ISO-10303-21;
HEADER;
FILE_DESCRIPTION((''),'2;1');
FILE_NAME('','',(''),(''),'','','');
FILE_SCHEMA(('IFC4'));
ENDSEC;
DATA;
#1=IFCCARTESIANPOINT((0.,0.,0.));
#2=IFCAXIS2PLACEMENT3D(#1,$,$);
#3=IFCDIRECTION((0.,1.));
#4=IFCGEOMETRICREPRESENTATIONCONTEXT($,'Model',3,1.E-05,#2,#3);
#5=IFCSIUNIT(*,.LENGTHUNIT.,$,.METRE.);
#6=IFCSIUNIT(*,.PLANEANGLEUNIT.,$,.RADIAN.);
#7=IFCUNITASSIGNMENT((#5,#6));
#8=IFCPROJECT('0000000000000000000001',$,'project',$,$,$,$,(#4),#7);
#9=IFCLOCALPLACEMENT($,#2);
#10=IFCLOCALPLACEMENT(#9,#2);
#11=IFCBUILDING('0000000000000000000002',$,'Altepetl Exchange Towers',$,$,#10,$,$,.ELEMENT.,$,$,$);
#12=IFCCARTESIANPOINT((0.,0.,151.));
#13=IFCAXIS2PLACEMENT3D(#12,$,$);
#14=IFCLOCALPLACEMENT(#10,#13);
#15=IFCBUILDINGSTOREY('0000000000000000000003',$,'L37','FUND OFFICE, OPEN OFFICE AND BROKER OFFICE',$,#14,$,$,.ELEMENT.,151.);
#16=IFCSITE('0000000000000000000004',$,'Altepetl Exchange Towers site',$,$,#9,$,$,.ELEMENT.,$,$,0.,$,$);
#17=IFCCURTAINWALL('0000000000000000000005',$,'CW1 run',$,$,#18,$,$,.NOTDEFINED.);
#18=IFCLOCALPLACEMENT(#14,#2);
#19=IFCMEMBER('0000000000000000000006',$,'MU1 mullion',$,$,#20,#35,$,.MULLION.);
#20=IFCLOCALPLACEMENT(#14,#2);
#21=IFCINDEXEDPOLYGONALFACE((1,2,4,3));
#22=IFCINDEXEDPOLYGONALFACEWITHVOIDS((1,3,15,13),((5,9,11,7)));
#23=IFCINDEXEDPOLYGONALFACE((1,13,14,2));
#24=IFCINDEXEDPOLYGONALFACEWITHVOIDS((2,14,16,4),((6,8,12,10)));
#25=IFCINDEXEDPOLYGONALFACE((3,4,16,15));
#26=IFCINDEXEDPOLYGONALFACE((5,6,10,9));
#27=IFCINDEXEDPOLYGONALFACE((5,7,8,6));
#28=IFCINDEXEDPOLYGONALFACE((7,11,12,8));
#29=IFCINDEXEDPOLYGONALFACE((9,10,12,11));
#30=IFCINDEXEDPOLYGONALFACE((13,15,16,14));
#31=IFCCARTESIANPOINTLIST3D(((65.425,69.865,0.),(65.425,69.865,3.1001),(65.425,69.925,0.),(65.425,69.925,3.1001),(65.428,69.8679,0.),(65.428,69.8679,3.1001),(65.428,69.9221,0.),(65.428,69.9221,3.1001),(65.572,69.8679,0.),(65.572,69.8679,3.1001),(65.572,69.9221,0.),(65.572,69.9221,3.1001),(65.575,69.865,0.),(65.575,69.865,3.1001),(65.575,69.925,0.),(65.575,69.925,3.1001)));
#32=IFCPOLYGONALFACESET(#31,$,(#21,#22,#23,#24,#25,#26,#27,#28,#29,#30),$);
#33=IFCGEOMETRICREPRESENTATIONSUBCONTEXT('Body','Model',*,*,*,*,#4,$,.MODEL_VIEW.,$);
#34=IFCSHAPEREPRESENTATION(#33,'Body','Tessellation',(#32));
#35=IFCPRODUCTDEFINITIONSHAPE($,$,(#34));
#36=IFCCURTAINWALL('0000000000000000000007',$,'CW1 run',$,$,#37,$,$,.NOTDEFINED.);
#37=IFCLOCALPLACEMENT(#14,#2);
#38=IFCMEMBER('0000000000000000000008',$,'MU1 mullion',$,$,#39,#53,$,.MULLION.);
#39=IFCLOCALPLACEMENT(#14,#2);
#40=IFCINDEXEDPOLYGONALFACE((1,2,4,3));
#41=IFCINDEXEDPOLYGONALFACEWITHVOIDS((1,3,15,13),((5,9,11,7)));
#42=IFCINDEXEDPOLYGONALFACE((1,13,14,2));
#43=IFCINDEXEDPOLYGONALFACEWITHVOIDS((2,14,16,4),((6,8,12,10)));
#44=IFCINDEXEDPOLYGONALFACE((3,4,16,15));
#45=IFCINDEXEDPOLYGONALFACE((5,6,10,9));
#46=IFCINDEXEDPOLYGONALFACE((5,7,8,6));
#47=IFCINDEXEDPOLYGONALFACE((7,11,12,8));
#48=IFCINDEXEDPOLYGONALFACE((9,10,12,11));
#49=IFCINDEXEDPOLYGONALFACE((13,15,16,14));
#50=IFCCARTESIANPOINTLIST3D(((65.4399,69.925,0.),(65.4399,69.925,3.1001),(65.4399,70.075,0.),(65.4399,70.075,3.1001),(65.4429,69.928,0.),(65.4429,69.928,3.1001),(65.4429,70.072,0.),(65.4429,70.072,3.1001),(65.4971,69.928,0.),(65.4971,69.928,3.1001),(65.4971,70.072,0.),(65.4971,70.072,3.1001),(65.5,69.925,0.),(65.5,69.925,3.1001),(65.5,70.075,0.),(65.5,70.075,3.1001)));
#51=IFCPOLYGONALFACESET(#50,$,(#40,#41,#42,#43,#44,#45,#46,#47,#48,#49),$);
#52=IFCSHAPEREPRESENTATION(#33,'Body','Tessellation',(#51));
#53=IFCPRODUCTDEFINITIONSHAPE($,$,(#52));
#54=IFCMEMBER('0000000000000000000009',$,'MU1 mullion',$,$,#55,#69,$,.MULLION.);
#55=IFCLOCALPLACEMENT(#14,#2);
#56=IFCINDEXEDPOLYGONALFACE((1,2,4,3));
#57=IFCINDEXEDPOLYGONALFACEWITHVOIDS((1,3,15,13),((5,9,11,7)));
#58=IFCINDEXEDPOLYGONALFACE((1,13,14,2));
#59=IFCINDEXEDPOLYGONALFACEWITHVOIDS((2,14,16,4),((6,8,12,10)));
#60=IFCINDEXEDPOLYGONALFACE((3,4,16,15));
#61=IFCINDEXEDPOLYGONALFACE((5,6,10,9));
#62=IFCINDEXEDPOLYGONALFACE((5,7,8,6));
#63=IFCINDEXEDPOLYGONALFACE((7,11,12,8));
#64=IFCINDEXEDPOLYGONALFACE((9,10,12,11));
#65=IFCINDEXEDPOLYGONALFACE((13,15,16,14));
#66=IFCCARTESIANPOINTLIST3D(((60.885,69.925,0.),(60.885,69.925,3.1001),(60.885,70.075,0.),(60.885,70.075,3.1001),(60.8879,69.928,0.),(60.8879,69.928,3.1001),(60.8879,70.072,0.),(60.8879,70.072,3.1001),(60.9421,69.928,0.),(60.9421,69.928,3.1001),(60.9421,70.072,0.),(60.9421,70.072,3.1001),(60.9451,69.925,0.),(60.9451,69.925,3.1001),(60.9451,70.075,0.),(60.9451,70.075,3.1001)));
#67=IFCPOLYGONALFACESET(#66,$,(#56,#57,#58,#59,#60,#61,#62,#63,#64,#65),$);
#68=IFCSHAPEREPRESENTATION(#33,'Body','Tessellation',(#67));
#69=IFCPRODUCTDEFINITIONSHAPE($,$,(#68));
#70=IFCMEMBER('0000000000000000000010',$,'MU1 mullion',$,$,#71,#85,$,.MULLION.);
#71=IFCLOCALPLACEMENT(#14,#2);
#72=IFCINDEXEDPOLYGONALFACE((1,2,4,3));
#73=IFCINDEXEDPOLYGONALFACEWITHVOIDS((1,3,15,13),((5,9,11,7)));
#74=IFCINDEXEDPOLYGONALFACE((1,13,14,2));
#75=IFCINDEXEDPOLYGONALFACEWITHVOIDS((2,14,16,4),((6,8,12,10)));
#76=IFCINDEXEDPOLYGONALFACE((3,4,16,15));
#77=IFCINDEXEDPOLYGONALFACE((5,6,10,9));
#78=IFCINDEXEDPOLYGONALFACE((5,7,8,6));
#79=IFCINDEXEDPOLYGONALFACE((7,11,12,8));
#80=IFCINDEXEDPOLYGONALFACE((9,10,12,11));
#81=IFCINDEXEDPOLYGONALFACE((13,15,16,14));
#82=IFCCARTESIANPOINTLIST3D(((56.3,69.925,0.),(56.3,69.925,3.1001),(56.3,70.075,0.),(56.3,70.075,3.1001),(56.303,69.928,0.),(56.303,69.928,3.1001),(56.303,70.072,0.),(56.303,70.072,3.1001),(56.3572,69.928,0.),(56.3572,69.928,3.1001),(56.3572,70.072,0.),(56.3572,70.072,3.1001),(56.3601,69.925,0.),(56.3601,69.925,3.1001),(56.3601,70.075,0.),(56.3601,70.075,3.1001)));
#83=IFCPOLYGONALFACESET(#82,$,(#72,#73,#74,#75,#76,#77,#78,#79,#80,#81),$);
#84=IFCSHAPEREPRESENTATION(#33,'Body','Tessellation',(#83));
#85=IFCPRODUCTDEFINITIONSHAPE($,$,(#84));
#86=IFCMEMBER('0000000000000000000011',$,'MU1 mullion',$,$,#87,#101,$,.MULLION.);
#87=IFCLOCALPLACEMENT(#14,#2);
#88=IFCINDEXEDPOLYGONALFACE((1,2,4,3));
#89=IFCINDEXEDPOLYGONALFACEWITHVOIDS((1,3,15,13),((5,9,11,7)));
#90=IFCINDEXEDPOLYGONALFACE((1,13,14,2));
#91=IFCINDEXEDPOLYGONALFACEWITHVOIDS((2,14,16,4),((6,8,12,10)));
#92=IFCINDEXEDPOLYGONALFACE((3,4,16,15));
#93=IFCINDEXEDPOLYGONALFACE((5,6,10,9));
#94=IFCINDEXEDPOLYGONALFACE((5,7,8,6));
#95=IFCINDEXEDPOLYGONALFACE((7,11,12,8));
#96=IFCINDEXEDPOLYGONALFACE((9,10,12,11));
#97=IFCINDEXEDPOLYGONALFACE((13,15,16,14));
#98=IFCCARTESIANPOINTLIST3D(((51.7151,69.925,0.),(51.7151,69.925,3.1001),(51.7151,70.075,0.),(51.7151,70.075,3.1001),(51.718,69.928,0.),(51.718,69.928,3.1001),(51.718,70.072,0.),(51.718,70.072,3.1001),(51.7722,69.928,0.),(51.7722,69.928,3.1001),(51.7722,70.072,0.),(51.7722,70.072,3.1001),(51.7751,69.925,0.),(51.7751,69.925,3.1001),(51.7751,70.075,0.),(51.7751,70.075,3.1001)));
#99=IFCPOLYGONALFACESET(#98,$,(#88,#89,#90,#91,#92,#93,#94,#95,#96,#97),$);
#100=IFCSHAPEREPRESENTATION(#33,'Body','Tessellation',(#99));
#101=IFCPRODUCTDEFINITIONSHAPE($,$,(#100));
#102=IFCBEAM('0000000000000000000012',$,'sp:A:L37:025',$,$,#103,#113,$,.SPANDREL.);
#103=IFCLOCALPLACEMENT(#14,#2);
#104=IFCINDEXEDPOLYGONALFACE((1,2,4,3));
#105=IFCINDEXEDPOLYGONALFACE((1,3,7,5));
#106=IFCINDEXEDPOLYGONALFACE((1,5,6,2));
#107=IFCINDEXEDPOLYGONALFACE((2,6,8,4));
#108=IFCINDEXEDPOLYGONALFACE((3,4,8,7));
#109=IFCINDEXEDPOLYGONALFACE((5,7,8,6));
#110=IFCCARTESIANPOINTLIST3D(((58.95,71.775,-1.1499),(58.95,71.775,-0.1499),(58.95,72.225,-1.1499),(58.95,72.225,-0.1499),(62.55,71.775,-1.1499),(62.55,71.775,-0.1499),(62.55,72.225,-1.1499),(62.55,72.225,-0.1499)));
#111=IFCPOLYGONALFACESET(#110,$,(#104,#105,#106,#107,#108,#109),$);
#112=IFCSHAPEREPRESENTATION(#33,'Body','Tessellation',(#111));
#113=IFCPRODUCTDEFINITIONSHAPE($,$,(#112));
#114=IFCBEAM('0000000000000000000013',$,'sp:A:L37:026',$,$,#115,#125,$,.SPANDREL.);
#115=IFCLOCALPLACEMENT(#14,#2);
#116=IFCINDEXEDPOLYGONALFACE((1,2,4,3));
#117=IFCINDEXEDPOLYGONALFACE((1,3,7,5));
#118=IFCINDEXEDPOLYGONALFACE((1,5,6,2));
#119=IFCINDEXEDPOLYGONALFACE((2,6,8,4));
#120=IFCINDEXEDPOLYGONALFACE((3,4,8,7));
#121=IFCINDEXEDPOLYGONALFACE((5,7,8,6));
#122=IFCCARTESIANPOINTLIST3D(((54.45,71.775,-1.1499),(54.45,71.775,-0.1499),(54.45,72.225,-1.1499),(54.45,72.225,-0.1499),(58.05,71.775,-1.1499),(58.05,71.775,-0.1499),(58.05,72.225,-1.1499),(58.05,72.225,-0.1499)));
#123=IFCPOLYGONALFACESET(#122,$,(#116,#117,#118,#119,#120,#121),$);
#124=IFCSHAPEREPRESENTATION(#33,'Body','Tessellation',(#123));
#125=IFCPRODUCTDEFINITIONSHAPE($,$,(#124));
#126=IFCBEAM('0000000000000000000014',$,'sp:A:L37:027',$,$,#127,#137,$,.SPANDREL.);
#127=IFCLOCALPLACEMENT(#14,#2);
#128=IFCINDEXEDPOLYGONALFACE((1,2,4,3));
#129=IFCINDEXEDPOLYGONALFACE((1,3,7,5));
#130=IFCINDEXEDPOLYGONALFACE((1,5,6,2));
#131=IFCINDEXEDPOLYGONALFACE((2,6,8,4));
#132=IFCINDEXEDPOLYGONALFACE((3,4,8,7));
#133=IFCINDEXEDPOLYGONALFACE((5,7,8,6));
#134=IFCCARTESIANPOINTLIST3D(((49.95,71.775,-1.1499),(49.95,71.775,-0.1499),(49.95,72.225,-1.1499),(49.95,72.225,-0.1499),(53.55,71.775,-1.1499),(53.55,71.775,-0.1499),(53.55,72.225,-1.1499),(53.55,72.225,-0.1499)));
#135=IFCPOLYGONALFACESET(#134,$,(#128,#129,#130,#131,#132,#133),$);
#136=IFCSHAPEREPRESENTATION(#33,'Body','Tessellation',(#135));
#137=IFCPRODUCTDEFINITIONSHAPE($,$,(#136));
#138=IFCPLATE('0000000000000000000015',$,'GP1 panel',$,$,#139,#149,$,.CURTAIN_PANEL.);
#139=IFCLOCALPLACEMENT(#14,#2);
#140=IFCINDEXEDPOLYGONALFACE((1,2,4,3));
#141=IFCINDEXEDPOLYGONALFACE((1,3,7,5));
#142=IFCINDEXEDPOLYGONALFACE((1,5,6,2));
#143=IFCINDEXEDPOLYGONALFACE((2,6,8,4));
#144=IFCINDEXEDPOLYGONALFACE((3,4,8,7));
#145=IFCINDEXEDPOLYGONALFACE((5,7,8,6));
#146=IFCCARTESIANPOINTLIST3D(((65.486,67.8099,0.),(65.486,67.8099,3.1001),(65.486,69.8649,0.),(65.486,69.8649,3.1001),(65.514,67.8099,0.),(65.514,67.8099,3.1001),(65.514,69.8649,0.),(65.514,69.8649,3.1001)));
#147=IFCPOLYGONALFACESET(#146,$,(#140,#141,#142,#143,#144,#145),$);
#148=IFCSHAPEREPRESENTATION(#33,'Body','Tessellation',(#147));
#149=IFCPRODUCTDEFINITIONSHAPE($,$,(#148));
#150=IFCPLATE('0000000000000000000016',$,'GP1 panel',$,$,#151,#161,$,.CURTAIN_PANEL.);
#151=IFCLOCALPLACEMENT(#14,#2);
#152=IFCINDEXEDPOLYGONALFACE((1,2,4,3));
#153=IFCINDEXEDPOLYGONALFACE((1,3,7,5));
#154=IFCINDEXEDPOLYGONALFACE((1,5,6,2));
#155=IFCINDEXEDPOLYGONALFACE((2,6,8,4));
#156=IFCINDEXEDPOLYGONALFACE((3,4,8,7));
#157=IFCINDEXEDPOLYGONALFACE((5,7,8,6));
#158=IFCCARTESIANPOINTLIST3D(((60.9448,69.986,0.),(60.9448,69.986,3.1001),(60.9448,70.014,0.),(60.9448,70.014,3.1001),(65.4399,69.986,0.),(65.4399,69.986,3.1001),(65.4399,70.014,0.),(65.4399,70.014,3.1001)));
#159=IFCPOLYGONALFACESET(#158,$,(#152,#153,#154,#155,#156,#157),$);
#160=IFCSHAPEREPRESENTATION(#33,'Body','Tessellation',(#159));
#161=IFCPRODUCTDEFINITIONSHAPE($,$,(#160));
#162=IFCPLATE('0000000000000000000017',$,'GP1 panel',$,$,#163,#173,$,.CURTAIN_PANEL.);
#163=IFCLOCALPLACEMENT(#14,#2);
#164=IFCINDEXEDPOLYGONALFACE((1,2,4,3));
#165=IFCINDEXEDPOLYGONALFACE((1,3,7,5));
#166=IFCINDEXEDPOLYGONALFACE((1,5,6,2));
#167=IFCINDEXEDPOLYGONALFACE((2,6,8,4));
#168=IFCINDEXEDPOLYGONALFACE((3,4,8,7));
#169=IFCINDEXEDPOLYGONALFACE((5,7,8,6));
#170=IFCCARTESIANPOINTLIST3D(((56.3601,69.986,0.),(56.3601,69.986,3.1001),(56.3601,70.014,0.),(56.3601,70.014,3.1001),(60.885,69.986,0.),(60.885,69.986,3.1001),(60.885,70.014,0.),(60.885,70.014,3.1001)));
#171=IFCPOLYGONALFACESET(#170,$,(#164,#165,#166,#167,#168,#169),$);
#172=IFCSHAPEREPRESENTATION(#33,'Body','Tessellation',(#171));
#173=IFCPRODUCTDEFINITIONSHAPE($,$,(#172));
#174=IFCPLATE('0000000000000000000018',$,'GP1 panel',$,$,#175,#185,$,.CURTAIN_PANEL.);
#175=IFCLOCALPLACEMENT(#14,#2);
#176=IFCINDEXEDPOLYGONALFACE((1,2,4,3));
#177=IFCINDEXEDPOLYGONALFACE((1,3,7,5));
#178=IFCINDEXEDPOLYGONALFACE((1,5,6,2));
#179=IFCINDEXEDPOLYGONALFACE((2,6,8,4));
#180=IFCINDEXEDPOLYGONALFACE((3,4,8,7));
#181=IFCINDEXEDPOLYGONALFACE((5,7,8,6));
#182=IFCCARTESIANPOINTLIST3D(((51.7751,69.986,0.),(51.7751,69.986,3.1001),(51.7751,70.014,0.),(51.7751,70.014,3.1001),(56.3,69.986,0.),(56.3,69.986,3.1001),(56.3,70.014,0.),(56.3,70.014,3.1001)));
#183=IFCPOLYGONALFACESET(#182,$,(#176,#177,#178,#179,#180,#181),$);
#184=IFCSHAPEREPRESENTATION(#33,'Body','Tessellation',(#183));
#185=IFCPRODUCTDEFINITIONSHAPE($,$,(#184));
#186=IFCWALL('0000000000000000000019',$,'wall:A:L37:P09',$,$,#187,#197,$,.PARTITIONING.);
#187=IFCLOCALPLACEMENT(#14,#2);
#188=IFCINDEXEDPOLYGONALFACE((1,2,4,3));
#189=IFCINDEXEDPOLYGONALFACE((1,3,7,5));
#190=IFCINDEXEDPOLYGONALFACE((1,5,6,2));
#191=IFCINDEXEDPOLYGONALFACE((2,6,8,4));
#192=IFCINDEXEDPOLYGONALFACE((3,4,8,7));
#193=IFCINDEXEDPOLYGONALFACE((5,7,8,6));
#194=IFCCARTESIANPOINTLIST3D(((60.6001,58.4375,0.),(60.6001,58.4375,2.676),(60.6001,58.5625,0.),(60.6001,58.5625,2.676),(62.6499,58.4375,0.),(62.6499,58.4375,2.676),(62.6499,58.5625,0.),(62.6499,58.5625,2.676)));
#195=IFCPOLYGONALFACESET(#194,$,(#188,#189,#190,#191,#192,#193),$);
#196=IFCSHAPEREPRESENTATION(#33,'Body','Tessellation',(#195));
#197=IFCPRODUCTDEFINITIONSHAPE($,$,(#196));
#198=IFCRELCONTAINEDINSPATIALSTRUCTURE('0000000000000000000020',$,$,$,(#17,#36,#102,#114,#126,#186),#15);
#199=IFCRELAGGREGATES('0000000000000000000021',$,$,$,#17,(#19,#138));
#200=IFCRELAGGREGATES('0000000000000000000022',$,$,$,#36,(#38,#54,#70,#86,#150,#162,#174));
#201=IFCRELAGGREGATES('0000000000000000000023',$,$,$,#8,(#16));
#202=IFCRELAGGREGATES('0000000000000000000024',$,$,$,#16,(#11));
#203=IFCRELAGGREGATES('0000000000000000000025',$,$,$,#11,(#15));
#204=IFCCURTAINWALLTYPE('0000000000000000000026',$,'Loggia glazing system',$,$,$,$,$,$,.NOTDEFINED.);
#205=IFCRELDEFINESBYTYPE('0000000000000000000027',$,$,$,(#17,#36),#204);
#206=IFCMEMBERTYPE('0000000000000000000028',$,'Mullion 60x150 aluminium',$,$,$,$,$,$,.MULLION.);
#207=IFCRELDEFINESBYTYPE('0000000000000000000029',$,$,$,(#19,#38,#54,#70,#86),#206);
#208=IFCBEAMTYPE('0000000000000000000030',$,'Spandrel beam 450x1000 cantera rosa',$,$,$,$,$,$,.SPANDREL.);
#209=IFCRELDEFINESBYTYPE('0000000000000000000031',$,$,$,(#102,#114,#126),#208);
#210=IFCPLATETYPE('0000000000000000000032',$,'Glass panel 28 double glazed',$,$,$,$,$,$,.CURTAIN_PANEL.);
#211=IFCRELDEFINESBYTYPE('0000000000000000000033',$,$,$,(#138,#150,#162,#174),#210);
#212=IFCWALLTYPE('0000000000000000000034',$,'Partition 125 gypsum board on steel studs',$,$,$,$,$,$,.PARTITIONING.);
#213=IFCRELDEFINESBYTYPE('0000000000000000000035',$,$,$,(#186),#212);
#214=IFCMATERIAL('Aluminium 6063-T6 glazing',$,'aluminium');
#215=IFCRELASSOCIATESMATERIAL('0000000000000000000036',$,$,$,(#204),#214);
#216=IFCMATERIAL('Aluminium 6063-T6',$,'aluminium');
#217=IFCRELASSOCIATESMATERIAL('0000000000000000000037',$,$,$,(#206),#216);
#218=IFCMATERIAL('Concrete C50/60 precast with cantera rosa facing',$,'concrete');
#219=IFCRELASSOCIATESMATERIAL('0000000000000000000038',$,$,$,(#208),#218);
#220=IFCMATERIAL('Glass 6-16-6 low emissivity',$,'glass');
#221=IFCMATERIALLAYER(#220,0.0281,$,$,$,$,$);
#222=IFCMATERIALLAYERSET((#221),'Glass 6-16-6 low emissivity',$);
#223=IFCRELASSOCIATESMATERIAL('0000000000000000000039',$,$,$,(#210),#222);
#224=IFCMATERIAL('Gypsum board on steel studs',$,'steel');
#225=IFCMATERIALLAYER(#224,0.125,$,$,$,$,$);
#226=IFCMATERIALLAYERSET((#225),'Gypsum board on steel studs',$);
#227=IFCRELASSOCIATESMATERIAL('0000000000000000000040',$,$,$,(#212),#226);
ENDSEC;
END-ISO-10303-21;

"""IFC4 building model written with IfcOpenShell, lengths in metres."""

from ifc_helpers import new_model, si_unit, direction, frame, frame_2d, origin, origin_2d, place, context, subcontext, project, spatial, rectangle, hollow_rectangle, extrude, material, layer, layer_set, material_profile, profile_set, type_object, element, aggregate, save


model = new_model("IFC4")

# Units and contexts
model_context = context("Model", 3, precision=1e-05, world=origin(), true_north=direction((0.0, 1.0)))
body_context = subcontext(model_context, "Body", "Model", "MODEL_VIEW")
ifc_project = project(units=[si_unit("LENGTHUNIT", "METRE"), si_unit("PLANEANGLEUNIT", "RADIAN")], contexts=[model_context])

# Site, building, storey
site_placement = place(None, origin())
site = spatial("IfcSite", under=ifc_project, at=site_placement, Name="Altepetl Exchange Towers site", CompositionType="ELEMENT", RefElevation=0.0)
building_placement = place(site_placement, origin())
building = spatial("IfcBuilding", under=site, at=building_placement, Name="Altepetl Exchange Towers", CompositionType="ELEMENT")
storey_placement = place(building_placement, frame((0.0, 0.0, 151.0)))
storey = spatial("IfcBuildingStorey", under=building, at=storey_placement, Name="L37", Description="FUND OFFICE, OPEN OFFICE AND BROKER OFFICE", CompositionType="ELEMENT", Elevation=151.0)

# Curtain walls, members
ifc_material_1 = material(Name="Aluminium 6063-T6 glazing", Category="aluminium")
curtain_wall_type = type_object("IfcCurtainWallType", Name="Loggia glazing system", PredefinedType="NOTDEFINED", material=ifc_material_1)
curtain_wall_1_placement = place(storey_placement, origin())
curtain_wall_1 = element("IfcCurtainWall", 1, at=curtain_wall_1_placement, inside=storey, type_object=curtain_wall_type, Name="CW1 run", PredefinedType="NOTDEFINED")
ifc_material_2 = material(Name="Aluminium 6063-T6", Category="aluminium")
ifc_material_profile_1 = material_profile(ifc_material_2, hollow_rectangle(XDim=0.0601, YDim=0.1499, WallThickness=0.0029, at=origin_2d()), Name="Mullion 60x150 aluminium")
ifc_profile_set_1 = profile_set([ifc_material_profile_1], Name="Aluminium 6063-T6")
member_type = type_object("IfcMemberType", Name="Mullion 60x150 aluminium", PredefinedType="MULLION", material=ifc_profile_set_1)
member_1_placement = place(storey_placement, frame((65.5, 69.895, 0.0), z_axis=(0.0, 0.0, 1.0), x_axis=(0.0, 1.0, 0.0)))
member_1 = element("IfcMember", 2, at=member_1_placement, type_object=member_type, Name="MU1 mullion", PredefinedType="MULLION", context=body_context, shape_type="SweptSolid", body=[
    extrude(hollow_rectangle(XDim=0.0601, YDim=0.1499, WallThickness=0.0029, at=origin_2d()), origin(), (0.0, 0.0, 1.0), 3.1001),
])
curtain_wall_2_placement = place(storey_placement, origin())
curtain_wall_2 = element("IfcCurtainWall", 3, at=curtain_wall_2_placement, inside=storey, type_object=curtain_wall_type, Name="CW1 run", PredefinedType="NOTDEFINED")
member_2_placement = place(storey_placement, frame((65.47, 70.0, 0.0), z_axis=(0.0, 0.0, 1.0), x_axis=(-1.0, 0.0, 0.0)))
member_2 = element("IfcMember", 4, at=member_2_placement, type_object=member_type, Name="MU1 mullion", PredefinedType="MULLION", context=body_context, shape_type="SweptSolid", body=[
    extrude(hollow_rectangle(XDim=0.0601, YDim=0.1499, WallThickness=0.0029, at=origin_2d()), origin(), (0.0, 0.0, 1.0), 3.1001),
])
member_3_placement = place(storey_placement, frame((60.915, 70.0, 0.0), z_axis=(0.0, 0.0, 1.0), x_axis=(-1.0, 0.0, 0.0)))
member_3 = element("IfcMember", 5, at=member_3_placement, type_object=member_type, Name="MU1 mullion", PredefinedType="MULLION", context=body_context, shape_type="SweptSolid", body=[
    extrude(hollow_rectangle(XDim=0.0601, YDim=0.1499, WallThickness=0.0029, at=origin_2d()), origin(), (0.0, 0.0, 1.0), 3.1001),
])
member_4_placement = place(storey_placement, frame((56.3301, 70.0, 0.0), z_axis=(0.0, 0.0, 1.0), x_axis=(-1.0, 0.0, 0.0)))
member_4 = element("IfcMember", 6, at=member_4_placement, type_object=member_type, Name="MU1 mullion", PredefinedType="MULLION", context=body_context, shape_type="SweptSolid", body=[
    extrude(hollow_rectangle(XDim=0.0601, YDim=0.1499, WallThickness=0.0029, at=origin_2d()), origin(), (0.0, 0.0, 1.0), 3.1001),
])
member_5_placement = place(storey_placement, frame((51.7451, 70.0, 0.0), z_axis=(0.0, 0.0, 1.0), x_axis=(-1.0, 0.0, 0.0)))
member_5 = element("IfcMember", 7, at=member_5_placement, type_object=member_type, Name="MU1 mullion", PredefinedType="MULLION", context=body_context, shape_type="SweptSolid", body=[
    extrude(hollow_rectangle(XDim=0.0601, YDim=0.1499, WallThickness=0.0029, at=origin_2d()), origin(), (0.0, 0.0, 1.0), 3.1001),
])

# Beams
ifc_material_3 = material(Name="Concrete C50/60 precast with cantera rosa facing", Category="concrete")
ifc_material_profile_2 = material_profile(ifc_material_3, rectangle(XDim=0.45, YDim=1.0, at=origin_2d()), Name="450 x 1000")
ifc_profile_set_2 = profile_set([ifc_material_profile_2], Name="Concrete C50/60 precast with cantera rosa facing")
beam_type_1 = type_object("IfcBeamType", Name="Spandrel beam 450x1000 cantera rosa", PredefinedType="SPANDREL", material=ifc_profile_set_2)
for number, where, z_axis, x_axis, name in (
    (8, (62.55, 72.0, -0.6499), (-1.0, 0.0, 0.0), (0.0, -1.0, 0.0), "sp:A:L37:025"),
    (9, (58.05, 72.0, -0.6499), (-1.0, 0.0, 0.0), (0.0, -1.0, 0.0), "sp:A:L37:026"),
    (10, (53.55, 72.0, -0.6499), (-1.0, 0.0, 0.0), (0.0, -1.0, 0.0), "sp:A:L37:027"),
):
    element("IfcBeam", number, at=place(storey_placement, frame(where, z_axis=z_axis, x_axis=x_axis)), inside=storey, type_object=beam_type_1, Name=name, PredefinedType="SPANDREL", context=body_context, shape_type="SweptSolid", body=[
        extrude(rectangle(XDim=0.45, YDim=1.0, at=origin_2d()), origin(), (0.0, 0.0, 1.0), 3.6001),
    ])

# Plates
ifc_material_4 = material(Name="Glass 6-16-6 low emissivity", Category="glass")
ifc_layer_1 = layer(ifc_material_4, 0.0281)
ifc_layer_set_1 = layer_set([ifc_layer_1], Name="Glass 6-16-6 low emissivity")
plate_type = type_object("IfcPlateType", Name="Glass panel 28 double glazed", PredefinedType="CURTAIN_PANEL", material=ifc_layer_set_1)
plate_1_placement = place(storey_placement, frame((65.5, 68.8374, 0.0), z_axis=(0.0, 0.0, 1.0), x_axis=(0.0, 1.0, 0.0)))
plate_1 = element("IfcPlate", 11, at=plate_1_placement, type_object=plate_type, Name="GP1 panel", PredefinedType="CURTAIN_PANEL", context=body_context, shape_type="SweptSolid", body=[
    extrude(rectangle(XDim=2.0549, YDim=0.0281, at=origin_2d()), origin(), (0.0, 0.0, 1.0), 3.1001),
])
aggregate(curtain_wall_1, [member_1, plate_1])
plate_2_placement = place(storey_placement, frame((63.1924, 70.0, 0.0), z_axis=(0.0, 0.0, 1.0), x_axis=(-1.0, 0.0, 0.0)))
plate_2 = element("IfcPlate", 12, at=plate_2_placement, type_object=plate_type, Name="GP1 panel", PredefinedType="CURTAIN_PANEL", context=body_context, shape_type="SweptSolid", body=[
    extrude(rectangle(XDim=4.4951, YDim=0.0281, at=origin_2d()), origin(), (0.0, 0.0, 1.0), 3.1001),
])
plate_3_placement = place(storey_placement, frame((58.6226, 70.0, 0.0), z_axis=(0.0, 0.0, 1.0), x_axis=(-1.0, 0.0, 0.0)))
plate_3 = element("IfcPlate", 13, at=plate_3_placement, type_object=plate_type, Name="GP1 panel", PredefinedType="CURTAIN_PANEL", context=body_context, shape_type="SweptSolid", body=[
    extrude(rectangle(XDim=4.5249, YDim=0.0281, at=origin_2d()), origin(), (0.0, 0.0, 1.0), 3.1001),
])
plate_4_placement = place(storey_placement, frame((54.0376, 70.0, 0.0), z_axis=(0.0, 0.0, 1.0), x_axis=(-1.0, 0.0, 0.0)))
plate_4 = element("IfcPlate", 14, at=plate_4_placement, type_object=plate_type, Name="GP1 panel", PredefinedType="CURTAIN_PANEL", context=body_context, shape_type="SweptSolid", body=[
    extrude(rectangle(XDim=4.5249, YDim=0.0281, at=origin_2d()), origin(), (0.0, 0.0, 1.0), 3.1001),
])
aggregate(curtain_wall_2, [member_2, member_3, member_4, member_5, plate_2, plate_3, plate_4])

# Wall
ifc_material_5 = material(Name="Gypsum board on steel studs", Category="steel")
ifc_layer_2 = layer(ifc_material_5, 0.125)
ifc_layer_set_2 = layer_set([ifc_layer_2], Name="Gypsum board on steel studs")
wall_type = type_object("IfcWallType", Name="Partition 125 gypsum board on steel studs", PredefinedType="PARTITIONING", material=ifc_layer_set_2)
wall_1_placement = place(storey_placement, frame((60.6001, 58.5, 0.0)))
element("IfcWall", 15, at=wall_1_placement, inside=storey, type_object=wall_type, Name="wall:A:L37:P09", PredefinedType="PARTITIONING", context=body_context, shape_type="SweptSolid", body=[
    extrude(rectangle(XDim=2.0498, YDim=0.125, at=frame_2d((1.0249, 0.0))), origin(), (0.0, 0.0, 1.0), 2.676),
])

save(model, "model.ifc")
